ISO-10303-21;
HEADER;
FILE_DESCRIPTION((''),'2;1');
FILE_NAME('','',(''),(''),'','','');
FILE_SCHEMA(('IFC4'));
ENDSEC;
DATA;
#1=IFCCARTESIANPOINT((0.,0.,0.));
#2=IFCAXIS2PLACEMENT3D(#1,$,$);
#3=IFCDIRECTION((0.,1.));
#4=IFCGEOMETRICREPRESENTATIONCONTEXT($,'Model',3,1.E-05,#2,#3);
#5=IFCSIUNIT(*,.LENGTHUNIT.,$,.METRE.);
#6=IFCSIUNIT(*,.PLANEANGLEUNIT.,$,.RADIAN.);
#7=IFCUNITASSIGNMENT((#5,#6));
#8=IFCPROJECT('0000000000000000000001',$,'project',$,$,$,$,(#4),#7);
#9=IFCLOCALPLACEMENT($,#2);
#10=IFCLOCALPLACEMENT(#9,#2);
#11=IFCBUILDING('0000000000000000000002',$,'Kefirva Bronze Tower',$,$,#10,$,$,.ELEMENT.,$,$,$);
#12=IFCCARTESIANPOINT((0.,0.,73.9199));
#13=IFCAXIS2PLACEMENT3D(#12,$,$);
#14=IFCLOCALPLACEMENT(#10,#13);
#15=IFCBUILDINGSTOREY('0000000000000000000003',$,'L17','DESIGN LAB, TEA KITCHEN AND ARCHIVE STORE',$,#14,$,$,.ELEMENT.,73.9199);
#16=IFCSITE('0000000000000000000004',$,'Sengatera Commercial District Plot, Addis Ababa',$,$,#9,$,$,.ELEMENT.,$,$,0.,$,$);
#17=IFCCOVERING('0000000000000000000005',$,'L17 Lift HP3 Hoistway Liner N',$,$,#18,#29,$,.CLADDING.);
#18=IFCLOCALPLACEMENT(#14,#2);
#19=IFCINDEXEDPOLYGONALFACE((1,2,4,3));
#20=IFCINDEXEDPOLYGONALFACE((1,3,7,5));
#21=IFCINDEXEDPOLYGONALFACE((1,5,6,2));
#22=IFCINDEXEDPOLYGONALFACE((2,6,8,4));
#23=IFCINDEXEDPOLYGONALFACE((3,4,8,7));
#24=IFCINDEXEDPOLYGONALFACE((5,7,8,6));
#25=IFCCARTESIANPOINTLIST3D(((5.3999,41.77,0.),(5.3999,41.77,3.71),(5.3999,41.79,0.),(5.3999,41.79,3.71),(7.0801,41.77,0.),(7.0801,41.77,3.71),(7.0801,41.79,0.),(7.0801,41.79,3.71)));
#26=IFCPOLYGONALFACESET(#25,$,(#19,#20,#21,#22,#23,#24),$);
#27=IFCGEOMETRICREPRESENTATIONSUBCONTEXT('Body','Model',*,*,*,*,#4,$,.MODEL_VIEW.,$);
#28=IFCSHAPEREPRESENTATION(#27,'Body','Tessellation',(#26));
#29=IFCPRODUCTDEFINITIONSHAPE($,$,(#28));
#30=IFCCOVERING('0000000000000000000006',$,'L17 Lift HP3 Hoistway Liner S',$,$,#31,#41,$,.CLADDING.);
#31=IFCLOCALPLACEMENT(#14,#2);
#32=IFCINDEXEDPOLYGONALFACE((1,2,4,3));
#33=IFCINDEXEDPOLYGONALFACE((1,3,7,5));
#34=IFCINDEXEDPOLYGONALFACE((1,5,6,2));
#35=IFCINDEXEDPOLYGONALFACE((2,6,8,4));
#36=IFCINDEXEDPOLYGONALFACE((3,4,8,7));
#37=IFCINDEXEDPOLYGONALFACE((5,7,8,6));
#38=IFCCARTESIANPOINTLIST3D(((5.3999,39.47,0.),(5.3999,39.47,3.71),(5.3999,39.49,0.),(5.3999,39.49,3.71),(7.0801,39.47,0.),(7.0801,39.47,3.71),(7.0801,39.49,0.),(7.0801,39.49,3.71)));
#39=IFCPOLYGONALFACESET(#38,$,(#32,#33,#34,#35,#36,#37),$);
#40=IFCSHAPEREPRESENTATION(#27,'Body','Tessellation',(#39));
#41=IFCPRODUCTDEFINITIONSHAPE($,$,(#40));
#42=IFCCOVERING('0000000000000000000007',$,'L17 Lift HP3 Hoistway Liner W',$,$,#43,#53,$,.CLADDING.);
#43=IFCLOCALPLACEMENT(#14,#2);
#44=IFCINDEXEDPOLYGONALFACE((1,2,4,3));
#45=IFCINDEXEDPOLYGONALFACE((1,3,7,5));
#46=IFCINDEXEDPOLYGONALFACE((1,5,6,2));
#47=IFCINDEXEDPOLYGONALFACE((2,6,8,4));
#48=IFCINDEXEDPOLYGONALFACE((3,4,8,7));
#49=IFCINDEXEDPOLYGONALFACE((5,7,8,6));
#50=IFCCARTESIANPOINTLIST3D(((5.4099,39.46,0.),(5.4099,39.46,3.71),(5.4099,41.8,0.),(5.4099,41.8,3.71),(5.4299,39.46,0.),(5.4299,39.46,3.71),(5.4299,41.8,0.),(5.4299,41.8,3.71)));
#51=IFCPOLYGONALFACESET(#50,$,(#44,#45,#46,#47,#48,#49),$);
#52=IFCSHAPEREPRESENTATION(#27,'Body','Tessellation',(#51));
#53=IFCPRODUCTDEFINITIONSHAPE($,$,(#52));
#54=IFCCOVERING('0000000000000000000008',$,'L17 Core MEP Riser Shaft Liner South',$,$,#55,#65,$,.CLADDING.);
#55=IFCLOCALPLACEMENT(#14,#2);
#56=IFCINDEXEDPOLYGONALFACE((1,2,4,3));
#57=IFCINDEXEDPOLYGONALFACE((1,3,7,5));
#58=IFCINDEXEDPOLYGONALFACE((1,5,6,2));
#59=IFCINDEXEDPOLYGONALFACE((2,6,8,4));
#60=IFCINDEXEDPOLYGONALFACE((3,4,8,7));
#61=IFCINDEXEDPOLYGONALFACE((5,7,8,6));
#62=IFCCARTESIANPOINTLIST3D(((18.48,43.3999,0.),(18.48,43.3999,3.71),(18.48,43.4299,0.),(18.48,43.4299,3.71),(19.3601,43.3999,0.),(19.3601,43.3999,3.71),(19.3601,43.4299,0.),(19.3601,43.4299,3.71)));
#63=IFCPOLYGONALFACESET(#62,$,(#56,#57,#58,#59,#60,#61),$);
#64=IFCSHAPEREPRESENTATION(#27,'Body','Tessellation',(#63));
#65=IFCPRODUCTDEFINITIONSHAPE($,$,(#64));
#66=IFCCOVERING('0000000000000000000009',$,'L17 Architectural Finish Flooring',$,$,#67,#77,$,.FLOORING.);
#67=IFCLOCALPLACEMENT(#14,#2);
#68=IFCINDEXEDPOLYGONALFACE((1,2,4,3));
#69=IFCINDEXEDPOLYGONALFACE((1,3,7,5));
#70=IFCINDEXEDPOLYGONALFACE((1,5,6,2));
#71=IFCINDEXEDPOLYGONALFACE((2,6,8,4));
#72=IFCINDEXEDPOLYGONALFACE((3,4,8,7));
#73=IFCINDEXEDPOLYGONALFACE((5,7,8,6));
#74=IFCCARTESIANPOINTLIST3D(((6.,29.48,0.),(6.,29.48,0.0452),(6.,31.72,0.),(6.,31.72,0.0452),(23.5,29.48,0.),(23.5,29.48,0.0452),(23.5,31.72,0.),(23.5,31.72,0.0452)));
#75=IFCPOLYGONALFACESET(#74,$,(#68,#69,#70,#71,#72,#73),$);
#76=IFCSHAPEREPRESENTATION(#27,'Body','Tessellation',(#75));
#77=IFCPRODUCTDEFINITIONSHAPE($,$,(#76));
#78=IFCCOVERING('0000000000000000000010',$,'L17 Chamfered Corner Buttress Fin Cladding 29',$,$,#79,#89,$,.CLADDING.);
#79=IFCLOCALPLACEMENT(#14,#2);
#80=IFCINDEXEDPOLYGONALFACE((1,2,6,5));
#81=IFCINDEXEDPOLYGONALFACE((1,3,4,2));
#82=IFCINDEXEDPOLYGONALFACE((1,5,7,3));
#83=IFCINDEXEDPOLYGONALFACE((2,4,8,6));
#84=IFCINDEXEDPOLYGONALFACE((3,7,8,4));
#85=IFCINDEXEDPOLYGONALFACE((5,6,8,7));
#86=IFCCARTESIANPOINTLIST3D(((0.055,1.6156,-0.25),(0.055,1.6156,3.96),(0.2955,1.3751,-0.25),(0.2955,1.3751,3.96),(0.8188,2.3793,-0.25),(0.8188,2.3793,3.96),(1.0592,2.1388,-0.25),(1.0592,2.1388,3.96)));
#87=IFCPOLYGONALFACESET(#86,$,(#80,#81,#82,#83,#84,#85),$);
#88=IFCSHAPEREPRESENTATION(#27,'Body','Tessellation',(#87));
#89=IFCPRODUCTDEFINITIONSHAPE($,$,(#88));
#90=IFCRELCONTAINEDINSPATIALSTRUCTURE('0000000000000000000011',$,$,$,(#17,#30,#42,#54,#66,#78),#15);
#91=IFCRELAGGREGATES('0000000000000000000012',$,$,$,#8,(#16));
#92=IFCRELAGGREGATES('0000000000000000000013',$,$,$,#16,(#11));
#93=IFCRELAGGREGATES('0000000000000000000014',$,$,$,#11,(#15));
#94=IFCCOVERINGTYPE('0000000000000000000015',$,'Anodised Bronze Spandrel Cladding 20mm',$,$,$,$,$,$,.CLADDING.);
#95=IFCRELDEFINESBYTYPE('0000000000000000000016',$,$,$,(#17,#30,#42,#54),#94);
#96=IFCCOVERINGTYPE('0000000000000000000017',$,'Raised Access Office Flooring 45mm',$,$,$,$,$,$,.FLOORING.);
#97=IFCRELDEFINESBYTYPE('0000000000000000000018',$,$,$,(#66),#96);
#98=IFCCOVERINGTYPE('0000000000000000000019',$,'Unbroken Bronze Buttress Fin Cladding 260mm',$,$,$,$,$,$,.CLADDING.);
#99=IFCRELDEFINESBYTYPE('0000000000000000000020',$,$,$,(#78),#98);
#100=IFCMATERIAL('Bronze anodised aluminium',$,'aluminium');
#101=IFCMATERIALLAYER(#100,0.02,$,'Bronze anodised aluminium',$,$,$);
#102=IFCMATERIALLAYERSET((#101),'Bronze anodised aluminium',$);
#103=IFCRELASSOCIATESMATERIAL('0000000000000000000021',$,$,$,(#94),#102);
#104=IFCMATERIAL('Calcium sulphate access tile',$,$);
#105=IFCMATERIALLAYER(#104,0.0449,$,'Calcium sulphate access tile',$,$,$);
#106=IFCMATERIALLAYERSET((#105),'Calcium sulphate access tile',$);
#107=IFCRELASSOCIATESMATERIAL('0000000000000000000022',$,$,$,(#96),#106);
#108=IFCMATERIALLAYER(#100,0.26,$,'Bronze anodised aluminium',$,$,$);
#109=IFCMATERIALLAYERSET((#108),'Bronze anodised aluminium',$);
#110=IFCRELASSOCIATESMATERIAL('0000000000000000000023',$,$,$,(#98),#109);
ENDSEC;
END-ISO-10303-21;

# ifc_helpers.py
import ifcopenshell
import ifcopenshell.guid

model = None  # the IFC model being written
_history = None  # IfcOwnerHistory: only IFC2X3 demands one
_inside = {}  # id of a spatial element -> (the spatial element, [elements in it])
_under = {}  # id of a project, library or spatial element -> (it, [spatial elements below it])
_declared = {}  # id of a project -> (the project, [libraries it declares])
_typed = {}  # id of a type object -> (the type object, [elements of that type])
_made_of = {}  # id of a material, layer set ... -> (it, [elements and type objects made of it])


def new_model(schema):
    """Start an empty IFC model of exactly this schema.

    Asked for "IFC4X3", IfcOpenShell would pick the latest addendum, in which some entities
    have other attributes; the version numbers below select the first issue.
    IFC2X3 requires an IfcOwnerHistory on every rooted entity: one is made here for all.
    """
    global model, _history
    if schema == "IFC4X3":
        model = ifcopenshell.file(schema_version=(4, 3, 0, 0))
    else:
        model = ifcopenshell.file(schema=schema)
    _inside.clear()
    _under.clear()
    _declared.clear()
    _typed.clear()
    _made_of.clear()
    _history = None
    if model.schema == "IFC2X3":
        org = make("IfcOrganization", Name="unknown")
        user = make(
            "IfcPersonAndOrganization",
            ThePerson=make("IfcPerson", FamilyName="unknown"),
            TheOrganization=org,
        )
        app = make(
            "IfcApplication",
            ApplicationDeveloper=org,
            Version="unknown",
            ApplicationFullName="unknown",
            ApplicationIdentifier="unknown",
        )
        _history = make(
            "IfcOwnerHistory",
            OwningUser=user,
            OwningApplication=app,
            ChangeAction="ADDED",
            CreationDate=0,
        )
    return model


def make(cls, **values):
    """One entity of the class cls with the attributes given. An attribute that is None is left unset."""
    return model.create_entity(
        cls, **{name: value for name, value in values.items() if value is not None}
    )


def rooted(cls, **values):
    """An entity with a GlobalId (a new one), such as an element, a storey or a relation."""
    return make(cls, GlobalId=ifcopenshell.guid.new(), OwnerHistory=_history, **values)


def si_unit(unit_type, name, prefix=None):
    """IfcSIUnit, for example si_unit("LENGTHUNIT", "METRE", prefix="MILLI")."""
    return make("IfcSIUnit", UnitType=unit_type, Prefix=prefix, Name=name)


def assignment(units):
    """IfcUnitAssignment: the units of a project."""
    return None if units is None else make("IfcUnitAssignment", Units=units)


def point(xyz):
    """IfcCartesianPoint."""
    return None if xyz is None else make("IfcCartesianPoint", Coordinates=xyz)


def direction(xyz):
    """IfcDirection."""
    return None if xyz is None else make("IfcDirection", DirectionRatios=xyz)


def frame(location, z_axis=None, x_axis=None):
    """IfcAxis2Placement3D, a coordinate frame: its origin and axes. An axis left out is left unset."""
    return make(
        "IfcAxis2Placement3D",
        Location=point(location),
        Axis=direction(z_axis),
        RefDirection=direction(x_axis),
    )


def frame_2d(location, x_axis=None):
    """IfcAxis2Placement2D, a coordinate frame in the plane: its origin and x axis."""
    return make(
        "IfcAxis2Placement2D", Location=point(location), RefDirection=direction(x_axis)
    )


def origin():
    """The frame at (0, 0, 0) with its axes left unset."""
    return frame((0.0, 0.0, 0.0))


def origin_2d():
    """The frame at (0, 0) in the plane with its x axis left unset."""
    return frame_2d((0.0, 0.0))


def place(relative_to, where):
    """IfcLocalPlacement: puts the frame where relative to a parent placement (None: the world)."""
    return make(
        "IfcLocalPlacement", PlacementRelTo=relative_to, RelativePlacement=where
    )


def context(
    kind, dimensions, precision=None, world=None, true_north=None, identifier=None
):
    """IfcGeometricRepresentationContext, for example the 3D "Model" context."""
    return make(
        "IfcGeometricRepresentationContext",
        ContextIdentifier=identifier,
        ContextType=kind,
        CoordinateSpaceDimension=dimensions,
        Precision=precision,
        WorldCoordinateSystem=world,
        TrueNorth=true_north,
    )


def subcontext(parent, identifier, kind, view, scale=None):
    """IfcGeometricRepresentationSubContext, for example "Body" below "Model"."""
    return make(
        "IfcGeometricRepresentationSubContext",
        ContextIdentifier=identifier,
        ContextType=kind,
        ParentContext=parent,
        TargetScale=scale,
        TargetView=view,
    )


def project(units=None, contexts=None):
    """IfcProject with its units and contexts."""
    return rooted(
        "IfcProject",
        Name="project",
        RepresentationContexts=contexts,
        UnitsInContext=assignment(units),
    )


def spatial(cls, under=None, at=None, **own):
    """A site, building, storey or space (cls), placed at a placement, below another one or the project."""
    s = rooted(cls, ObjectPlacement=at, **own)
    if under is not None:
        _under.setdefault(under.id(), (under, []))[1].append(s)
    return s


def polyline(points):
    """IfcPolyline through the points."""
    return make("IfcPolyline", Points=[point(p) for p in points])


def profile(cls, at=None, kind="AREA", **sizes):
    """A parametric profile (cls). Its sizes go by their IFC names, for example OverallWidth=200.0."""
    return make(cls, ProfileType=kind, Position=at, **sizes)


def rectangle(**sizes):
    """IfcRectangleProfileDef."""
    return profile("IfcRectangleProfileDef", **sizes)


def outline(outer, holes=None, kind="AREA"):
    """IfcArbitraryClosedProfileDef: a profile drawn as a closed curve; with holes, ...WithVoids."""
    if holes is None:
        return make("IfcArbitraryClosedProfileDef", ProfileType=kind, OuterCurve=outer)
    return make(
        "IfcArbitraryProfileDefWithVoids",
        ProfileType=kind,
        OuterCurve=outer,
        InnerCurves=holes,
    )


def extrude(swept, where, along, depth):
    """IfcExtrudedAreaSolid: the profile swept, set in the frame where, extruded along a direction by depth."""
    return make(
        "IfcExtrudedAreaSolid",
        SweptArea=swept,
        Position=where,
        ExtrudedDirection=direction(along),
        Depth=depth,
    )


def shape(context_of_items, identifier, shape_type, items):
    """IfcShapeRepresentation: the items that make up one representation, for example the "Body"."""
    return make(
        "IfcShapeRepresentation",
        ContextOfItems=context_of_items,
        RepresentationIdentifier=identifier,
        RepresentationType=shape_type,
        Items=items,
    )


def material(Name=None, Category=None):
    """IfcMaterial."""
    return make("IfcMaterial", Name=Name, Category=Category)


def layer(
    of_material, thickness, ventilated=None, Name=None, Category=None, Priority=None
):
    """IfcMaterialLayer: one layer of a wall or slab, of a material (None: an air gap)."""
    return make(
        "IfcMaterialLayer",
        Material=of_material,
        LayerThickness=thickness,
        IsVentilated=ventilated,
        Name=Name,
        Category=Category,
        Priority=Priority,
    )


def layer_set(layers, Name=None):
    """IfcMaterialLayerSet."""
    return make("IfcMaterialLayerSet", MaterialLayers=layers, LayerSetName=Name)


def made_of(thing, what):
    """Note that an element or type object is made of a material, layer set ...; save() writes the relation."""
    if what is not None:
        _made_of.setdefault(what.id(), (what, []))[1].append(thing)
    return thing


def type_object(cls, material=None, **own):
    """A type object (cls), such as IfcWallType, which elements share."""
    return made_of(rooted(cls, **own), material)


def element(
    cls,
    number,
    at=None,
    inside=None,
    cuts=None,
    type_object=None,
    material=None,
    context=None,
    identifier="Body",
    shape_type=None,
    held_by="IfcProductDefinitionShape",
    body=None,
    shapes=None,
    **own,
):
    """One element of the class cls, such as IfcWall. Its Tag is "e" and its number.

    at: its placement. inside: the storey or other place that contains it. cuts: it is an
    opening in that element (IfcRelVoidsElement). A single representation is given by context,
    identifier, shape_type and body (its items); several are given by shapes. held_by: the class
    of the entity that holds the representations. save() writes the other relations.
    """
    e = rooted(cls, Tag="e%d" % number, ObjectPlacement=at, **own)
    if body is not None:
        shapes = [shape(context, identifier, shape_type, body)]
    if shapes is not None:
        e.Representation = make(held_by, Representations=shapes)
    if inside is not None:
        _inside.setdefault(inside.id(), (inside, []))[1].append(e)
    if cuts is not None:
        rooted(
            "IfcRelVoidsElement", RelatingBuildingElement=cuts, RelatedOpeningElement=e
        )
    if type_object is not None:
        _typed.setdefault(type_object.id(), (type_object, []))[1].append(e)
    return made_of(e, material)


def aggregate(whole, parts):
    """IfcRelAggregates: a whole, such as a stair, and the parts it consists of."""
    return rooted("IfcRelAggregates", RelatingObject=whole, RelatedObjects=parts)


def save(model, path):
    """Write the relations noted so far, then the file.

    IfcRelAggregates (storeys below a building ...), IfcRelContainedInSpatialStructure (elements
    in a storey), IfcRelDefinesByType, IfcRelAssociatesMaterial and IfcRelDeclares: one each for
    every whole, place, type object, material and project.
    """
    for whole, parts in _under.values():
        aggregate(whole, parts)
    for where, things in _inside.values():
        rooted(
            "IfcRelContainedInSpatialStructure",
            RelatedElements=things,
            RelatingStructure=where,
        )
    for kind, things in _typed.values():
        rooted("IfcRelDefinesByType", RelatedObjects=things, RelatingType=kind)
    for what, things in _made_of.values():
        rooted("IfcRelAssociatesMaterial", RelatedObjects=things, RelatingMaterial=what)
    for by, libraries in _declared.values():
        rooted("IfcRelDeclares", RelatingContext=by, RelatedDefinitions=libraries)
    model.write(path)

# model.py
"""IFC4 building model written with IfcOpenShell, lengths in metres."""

from ifc_helpers import new_model, si_unit, direction, frame, origin, origin_2d, place, context, subcontext, project, spatial, polyline, rectangle, outline, extrude, material, layer, layer_set, type_object, element, save


model = new_model("IFC4")

# Units and contexts
model_context = context("Model", 3, precision=1e-05, world=origin(), true_north=direction((0.0, 1.0)))
body_context = subcontext(model_context, "Body", "Model", "MODEL_VIEW")
ifc_project = project(units=[si_unit("LENGTHUNIT", "METRE"), si_unit("PLANEANGLEUNIT", "RADIAN")], contexts=[model_context])

# Site, building, storey
site_placement = place(None, origin())
site = spatial("IfcSite", under=ifc_project, at=site_placement, Name="Sengatera Commercial District Plot, Addis Ababa", CompositionType="ELEMENT", RefElevation=0.0)
building_placement = place(site_placement, origin())
building = spatial("IfcBuilding", under=site, at=building_placement, Name="Kefirva Bronze Tower", CompositionType="ELEMENT")
storey_placement = place(building_placement, frame((0.0, 0.0, 73.9199)))
storey = spatial("IfcBuildingStorey", under=building, at=storey_placement, Name="L17", Description="DESIGN LAB, TEA KITCHEN AND ARCHIVE STORE", CompositionType="ELEMENT", Elevation=73.9199)

# Shared definitions
ifc_material_1 = material(Name="Bronze anodised aluminium", Category="aluminium")

# Coverings
ifc_layer_1 = layer(ifc_material_1, 0.02, Name="Bronze anodised aluminium")
ifc_layer_set_1 = layer_set([ifc_layer_1], Name="Bronze anodised aluminium")
covering_type_1 = type_object("IfcCoveringType", Name="Anodised Bronze Spandrel Cladding 20mm", PredefinedType="CLADDING", material=ifc_layer_set_1)
covering_1_placement = place(storey_placement, origin())
element("IfcCovering", 1, at=covering_1_placement, inside=storey, type_object=covering_type_1, Name="L17 Lift HP3 Hoistway Liner N", PredefinedType="CLADDING", context=body_context, shape_type="SweptSolid", body=[
    extrude(outline(polyline([(5.3999, 41.77), (7.0801, 41.77), (7.0801, 41.79), (5.3999, 41.79), (5.3999, 41.77)])), origin(), (0.0, 0.0, 1.0), 3.71),
])
covering_2_placement = place(storey_placement, origin())
element("IfcCovering", 2, at=covering_2_placement, inside=storey, type_object=covering_type_1, Name="L17 Lift HP3 Hoistway Liner S", PredefinedType="CLADDING", context=body_context, shape_type="SweptSolid", body=[
    extrude(outline(polyline([(5.3999, 39.47), (7.0801, 39.47), (7.0801, 39.49), (5.3999, 39.49), (5.3999, 39.47)])), origin(), (0.0, 0.0, 1.0), 3.71),
])
covering_3_placement = place(storey_placement, origin())
element("IfcCovering", 3, at=covering_3_placement, inside=storey, type_object=covering_type_1, Name="L17 Lift HP3 Hoistway Liner W", PredefinedType="CLADDING", context=body_context, shape_type="SweptSolid", body=[
    extrude(outline(polyline([(5.4099, 39.46), (5.4299, 39.46), (5.4299, 41.8), (5.4099, 41.8), (5.4099, 39.46)])), origin(), (0.0, 0.0, 1.0), 3.71),
])
covering_4_placement = place(storey_placement, origin())
element("IfcCovering", 4, at=covering_4_placement, inside=storey, type_object=covering_type_1, Name="L17 Core MEP Riser Shaft Liner South", PredefinedType="CLADDING", context=body_context, shape_type="SweptSolid", body=[
    extrude(outline(polyline([(18.48, 43.3999), (19.3601, 43.3999), (19.3601, 43.4299), (18.48, 43.4299), (18.48, 43.3999)])), origin(), (0.0, 0.0, 1.0), 3.71),
])
ifc_material_2 = material(Name="Calcium sulphate access tile")
ifc_layer_2 = layer(ifc_material_2, 0.0449, Name="Calcium sulphate access tile")
ifc_layer_set_2 = layer_set([ifc_layer_2], Name="Calcium sulphate access tile")
covering_type_2 = type_object("IfcCoveringType", Name="Raised Access Office Flooring 45mm", PredefinedType="FLOORING", material=ifc_layer_set_2)
covering_5_placement = place(storey_placement, origin())
element("IfcCovering", 5, at=covering_5_placement, inside=storey, type_object=covering_type_2, Name="L17 Architectural Finish Flooring", PredefinedType="FLOORING", context=body_context, shape_type="SweptSolid", body=[
    extrude(outline(polyline([(6.0, 29.48), (23.5, 29.48), (23.5, 31.72), (6.0, 31.72), (6.0, 29.48)])), origin(), (0.0, 0.0, 1.0), 0.0452),
])
ifc_layer_3 = layer(ifc_material_1, 0.26, Name="Bronze anodised aluminium")
ifc_layer_set_3 = layer_set([ifc_layer_3], Name="Bronze anodised aluminium")
covering_type_3 = type_object("IfcCoveringType", Name="Unbroken Bronze Buttress Fin Cladding 260mm", PredefinedType="CLADDING", material=ifc_layer_set_3)
covering_6_placement = place(storey_placement, frame((0.5571, 1.8772, -0.25), z_axis=(0.0, 0.0, 1.0), x_axis=(0.707107, -0.707107, 0.0)))
element("IfcCovering", 6, at=covering_6_placement, inside=storey, type_object=covering_type_3, Name="L17 Chamfered Corner Buttress Fin Cladding 29", PredefinedType="CLADDING", context=body_context, shape_type="SweptSolid", body=[
    extrude(rectangle(XDim=0.3401, YDim=1.0801, at=origin_2d()), origin(), (0.0, 0.0, 1.0), 4.21),
])

save(model, "model.ifc")
